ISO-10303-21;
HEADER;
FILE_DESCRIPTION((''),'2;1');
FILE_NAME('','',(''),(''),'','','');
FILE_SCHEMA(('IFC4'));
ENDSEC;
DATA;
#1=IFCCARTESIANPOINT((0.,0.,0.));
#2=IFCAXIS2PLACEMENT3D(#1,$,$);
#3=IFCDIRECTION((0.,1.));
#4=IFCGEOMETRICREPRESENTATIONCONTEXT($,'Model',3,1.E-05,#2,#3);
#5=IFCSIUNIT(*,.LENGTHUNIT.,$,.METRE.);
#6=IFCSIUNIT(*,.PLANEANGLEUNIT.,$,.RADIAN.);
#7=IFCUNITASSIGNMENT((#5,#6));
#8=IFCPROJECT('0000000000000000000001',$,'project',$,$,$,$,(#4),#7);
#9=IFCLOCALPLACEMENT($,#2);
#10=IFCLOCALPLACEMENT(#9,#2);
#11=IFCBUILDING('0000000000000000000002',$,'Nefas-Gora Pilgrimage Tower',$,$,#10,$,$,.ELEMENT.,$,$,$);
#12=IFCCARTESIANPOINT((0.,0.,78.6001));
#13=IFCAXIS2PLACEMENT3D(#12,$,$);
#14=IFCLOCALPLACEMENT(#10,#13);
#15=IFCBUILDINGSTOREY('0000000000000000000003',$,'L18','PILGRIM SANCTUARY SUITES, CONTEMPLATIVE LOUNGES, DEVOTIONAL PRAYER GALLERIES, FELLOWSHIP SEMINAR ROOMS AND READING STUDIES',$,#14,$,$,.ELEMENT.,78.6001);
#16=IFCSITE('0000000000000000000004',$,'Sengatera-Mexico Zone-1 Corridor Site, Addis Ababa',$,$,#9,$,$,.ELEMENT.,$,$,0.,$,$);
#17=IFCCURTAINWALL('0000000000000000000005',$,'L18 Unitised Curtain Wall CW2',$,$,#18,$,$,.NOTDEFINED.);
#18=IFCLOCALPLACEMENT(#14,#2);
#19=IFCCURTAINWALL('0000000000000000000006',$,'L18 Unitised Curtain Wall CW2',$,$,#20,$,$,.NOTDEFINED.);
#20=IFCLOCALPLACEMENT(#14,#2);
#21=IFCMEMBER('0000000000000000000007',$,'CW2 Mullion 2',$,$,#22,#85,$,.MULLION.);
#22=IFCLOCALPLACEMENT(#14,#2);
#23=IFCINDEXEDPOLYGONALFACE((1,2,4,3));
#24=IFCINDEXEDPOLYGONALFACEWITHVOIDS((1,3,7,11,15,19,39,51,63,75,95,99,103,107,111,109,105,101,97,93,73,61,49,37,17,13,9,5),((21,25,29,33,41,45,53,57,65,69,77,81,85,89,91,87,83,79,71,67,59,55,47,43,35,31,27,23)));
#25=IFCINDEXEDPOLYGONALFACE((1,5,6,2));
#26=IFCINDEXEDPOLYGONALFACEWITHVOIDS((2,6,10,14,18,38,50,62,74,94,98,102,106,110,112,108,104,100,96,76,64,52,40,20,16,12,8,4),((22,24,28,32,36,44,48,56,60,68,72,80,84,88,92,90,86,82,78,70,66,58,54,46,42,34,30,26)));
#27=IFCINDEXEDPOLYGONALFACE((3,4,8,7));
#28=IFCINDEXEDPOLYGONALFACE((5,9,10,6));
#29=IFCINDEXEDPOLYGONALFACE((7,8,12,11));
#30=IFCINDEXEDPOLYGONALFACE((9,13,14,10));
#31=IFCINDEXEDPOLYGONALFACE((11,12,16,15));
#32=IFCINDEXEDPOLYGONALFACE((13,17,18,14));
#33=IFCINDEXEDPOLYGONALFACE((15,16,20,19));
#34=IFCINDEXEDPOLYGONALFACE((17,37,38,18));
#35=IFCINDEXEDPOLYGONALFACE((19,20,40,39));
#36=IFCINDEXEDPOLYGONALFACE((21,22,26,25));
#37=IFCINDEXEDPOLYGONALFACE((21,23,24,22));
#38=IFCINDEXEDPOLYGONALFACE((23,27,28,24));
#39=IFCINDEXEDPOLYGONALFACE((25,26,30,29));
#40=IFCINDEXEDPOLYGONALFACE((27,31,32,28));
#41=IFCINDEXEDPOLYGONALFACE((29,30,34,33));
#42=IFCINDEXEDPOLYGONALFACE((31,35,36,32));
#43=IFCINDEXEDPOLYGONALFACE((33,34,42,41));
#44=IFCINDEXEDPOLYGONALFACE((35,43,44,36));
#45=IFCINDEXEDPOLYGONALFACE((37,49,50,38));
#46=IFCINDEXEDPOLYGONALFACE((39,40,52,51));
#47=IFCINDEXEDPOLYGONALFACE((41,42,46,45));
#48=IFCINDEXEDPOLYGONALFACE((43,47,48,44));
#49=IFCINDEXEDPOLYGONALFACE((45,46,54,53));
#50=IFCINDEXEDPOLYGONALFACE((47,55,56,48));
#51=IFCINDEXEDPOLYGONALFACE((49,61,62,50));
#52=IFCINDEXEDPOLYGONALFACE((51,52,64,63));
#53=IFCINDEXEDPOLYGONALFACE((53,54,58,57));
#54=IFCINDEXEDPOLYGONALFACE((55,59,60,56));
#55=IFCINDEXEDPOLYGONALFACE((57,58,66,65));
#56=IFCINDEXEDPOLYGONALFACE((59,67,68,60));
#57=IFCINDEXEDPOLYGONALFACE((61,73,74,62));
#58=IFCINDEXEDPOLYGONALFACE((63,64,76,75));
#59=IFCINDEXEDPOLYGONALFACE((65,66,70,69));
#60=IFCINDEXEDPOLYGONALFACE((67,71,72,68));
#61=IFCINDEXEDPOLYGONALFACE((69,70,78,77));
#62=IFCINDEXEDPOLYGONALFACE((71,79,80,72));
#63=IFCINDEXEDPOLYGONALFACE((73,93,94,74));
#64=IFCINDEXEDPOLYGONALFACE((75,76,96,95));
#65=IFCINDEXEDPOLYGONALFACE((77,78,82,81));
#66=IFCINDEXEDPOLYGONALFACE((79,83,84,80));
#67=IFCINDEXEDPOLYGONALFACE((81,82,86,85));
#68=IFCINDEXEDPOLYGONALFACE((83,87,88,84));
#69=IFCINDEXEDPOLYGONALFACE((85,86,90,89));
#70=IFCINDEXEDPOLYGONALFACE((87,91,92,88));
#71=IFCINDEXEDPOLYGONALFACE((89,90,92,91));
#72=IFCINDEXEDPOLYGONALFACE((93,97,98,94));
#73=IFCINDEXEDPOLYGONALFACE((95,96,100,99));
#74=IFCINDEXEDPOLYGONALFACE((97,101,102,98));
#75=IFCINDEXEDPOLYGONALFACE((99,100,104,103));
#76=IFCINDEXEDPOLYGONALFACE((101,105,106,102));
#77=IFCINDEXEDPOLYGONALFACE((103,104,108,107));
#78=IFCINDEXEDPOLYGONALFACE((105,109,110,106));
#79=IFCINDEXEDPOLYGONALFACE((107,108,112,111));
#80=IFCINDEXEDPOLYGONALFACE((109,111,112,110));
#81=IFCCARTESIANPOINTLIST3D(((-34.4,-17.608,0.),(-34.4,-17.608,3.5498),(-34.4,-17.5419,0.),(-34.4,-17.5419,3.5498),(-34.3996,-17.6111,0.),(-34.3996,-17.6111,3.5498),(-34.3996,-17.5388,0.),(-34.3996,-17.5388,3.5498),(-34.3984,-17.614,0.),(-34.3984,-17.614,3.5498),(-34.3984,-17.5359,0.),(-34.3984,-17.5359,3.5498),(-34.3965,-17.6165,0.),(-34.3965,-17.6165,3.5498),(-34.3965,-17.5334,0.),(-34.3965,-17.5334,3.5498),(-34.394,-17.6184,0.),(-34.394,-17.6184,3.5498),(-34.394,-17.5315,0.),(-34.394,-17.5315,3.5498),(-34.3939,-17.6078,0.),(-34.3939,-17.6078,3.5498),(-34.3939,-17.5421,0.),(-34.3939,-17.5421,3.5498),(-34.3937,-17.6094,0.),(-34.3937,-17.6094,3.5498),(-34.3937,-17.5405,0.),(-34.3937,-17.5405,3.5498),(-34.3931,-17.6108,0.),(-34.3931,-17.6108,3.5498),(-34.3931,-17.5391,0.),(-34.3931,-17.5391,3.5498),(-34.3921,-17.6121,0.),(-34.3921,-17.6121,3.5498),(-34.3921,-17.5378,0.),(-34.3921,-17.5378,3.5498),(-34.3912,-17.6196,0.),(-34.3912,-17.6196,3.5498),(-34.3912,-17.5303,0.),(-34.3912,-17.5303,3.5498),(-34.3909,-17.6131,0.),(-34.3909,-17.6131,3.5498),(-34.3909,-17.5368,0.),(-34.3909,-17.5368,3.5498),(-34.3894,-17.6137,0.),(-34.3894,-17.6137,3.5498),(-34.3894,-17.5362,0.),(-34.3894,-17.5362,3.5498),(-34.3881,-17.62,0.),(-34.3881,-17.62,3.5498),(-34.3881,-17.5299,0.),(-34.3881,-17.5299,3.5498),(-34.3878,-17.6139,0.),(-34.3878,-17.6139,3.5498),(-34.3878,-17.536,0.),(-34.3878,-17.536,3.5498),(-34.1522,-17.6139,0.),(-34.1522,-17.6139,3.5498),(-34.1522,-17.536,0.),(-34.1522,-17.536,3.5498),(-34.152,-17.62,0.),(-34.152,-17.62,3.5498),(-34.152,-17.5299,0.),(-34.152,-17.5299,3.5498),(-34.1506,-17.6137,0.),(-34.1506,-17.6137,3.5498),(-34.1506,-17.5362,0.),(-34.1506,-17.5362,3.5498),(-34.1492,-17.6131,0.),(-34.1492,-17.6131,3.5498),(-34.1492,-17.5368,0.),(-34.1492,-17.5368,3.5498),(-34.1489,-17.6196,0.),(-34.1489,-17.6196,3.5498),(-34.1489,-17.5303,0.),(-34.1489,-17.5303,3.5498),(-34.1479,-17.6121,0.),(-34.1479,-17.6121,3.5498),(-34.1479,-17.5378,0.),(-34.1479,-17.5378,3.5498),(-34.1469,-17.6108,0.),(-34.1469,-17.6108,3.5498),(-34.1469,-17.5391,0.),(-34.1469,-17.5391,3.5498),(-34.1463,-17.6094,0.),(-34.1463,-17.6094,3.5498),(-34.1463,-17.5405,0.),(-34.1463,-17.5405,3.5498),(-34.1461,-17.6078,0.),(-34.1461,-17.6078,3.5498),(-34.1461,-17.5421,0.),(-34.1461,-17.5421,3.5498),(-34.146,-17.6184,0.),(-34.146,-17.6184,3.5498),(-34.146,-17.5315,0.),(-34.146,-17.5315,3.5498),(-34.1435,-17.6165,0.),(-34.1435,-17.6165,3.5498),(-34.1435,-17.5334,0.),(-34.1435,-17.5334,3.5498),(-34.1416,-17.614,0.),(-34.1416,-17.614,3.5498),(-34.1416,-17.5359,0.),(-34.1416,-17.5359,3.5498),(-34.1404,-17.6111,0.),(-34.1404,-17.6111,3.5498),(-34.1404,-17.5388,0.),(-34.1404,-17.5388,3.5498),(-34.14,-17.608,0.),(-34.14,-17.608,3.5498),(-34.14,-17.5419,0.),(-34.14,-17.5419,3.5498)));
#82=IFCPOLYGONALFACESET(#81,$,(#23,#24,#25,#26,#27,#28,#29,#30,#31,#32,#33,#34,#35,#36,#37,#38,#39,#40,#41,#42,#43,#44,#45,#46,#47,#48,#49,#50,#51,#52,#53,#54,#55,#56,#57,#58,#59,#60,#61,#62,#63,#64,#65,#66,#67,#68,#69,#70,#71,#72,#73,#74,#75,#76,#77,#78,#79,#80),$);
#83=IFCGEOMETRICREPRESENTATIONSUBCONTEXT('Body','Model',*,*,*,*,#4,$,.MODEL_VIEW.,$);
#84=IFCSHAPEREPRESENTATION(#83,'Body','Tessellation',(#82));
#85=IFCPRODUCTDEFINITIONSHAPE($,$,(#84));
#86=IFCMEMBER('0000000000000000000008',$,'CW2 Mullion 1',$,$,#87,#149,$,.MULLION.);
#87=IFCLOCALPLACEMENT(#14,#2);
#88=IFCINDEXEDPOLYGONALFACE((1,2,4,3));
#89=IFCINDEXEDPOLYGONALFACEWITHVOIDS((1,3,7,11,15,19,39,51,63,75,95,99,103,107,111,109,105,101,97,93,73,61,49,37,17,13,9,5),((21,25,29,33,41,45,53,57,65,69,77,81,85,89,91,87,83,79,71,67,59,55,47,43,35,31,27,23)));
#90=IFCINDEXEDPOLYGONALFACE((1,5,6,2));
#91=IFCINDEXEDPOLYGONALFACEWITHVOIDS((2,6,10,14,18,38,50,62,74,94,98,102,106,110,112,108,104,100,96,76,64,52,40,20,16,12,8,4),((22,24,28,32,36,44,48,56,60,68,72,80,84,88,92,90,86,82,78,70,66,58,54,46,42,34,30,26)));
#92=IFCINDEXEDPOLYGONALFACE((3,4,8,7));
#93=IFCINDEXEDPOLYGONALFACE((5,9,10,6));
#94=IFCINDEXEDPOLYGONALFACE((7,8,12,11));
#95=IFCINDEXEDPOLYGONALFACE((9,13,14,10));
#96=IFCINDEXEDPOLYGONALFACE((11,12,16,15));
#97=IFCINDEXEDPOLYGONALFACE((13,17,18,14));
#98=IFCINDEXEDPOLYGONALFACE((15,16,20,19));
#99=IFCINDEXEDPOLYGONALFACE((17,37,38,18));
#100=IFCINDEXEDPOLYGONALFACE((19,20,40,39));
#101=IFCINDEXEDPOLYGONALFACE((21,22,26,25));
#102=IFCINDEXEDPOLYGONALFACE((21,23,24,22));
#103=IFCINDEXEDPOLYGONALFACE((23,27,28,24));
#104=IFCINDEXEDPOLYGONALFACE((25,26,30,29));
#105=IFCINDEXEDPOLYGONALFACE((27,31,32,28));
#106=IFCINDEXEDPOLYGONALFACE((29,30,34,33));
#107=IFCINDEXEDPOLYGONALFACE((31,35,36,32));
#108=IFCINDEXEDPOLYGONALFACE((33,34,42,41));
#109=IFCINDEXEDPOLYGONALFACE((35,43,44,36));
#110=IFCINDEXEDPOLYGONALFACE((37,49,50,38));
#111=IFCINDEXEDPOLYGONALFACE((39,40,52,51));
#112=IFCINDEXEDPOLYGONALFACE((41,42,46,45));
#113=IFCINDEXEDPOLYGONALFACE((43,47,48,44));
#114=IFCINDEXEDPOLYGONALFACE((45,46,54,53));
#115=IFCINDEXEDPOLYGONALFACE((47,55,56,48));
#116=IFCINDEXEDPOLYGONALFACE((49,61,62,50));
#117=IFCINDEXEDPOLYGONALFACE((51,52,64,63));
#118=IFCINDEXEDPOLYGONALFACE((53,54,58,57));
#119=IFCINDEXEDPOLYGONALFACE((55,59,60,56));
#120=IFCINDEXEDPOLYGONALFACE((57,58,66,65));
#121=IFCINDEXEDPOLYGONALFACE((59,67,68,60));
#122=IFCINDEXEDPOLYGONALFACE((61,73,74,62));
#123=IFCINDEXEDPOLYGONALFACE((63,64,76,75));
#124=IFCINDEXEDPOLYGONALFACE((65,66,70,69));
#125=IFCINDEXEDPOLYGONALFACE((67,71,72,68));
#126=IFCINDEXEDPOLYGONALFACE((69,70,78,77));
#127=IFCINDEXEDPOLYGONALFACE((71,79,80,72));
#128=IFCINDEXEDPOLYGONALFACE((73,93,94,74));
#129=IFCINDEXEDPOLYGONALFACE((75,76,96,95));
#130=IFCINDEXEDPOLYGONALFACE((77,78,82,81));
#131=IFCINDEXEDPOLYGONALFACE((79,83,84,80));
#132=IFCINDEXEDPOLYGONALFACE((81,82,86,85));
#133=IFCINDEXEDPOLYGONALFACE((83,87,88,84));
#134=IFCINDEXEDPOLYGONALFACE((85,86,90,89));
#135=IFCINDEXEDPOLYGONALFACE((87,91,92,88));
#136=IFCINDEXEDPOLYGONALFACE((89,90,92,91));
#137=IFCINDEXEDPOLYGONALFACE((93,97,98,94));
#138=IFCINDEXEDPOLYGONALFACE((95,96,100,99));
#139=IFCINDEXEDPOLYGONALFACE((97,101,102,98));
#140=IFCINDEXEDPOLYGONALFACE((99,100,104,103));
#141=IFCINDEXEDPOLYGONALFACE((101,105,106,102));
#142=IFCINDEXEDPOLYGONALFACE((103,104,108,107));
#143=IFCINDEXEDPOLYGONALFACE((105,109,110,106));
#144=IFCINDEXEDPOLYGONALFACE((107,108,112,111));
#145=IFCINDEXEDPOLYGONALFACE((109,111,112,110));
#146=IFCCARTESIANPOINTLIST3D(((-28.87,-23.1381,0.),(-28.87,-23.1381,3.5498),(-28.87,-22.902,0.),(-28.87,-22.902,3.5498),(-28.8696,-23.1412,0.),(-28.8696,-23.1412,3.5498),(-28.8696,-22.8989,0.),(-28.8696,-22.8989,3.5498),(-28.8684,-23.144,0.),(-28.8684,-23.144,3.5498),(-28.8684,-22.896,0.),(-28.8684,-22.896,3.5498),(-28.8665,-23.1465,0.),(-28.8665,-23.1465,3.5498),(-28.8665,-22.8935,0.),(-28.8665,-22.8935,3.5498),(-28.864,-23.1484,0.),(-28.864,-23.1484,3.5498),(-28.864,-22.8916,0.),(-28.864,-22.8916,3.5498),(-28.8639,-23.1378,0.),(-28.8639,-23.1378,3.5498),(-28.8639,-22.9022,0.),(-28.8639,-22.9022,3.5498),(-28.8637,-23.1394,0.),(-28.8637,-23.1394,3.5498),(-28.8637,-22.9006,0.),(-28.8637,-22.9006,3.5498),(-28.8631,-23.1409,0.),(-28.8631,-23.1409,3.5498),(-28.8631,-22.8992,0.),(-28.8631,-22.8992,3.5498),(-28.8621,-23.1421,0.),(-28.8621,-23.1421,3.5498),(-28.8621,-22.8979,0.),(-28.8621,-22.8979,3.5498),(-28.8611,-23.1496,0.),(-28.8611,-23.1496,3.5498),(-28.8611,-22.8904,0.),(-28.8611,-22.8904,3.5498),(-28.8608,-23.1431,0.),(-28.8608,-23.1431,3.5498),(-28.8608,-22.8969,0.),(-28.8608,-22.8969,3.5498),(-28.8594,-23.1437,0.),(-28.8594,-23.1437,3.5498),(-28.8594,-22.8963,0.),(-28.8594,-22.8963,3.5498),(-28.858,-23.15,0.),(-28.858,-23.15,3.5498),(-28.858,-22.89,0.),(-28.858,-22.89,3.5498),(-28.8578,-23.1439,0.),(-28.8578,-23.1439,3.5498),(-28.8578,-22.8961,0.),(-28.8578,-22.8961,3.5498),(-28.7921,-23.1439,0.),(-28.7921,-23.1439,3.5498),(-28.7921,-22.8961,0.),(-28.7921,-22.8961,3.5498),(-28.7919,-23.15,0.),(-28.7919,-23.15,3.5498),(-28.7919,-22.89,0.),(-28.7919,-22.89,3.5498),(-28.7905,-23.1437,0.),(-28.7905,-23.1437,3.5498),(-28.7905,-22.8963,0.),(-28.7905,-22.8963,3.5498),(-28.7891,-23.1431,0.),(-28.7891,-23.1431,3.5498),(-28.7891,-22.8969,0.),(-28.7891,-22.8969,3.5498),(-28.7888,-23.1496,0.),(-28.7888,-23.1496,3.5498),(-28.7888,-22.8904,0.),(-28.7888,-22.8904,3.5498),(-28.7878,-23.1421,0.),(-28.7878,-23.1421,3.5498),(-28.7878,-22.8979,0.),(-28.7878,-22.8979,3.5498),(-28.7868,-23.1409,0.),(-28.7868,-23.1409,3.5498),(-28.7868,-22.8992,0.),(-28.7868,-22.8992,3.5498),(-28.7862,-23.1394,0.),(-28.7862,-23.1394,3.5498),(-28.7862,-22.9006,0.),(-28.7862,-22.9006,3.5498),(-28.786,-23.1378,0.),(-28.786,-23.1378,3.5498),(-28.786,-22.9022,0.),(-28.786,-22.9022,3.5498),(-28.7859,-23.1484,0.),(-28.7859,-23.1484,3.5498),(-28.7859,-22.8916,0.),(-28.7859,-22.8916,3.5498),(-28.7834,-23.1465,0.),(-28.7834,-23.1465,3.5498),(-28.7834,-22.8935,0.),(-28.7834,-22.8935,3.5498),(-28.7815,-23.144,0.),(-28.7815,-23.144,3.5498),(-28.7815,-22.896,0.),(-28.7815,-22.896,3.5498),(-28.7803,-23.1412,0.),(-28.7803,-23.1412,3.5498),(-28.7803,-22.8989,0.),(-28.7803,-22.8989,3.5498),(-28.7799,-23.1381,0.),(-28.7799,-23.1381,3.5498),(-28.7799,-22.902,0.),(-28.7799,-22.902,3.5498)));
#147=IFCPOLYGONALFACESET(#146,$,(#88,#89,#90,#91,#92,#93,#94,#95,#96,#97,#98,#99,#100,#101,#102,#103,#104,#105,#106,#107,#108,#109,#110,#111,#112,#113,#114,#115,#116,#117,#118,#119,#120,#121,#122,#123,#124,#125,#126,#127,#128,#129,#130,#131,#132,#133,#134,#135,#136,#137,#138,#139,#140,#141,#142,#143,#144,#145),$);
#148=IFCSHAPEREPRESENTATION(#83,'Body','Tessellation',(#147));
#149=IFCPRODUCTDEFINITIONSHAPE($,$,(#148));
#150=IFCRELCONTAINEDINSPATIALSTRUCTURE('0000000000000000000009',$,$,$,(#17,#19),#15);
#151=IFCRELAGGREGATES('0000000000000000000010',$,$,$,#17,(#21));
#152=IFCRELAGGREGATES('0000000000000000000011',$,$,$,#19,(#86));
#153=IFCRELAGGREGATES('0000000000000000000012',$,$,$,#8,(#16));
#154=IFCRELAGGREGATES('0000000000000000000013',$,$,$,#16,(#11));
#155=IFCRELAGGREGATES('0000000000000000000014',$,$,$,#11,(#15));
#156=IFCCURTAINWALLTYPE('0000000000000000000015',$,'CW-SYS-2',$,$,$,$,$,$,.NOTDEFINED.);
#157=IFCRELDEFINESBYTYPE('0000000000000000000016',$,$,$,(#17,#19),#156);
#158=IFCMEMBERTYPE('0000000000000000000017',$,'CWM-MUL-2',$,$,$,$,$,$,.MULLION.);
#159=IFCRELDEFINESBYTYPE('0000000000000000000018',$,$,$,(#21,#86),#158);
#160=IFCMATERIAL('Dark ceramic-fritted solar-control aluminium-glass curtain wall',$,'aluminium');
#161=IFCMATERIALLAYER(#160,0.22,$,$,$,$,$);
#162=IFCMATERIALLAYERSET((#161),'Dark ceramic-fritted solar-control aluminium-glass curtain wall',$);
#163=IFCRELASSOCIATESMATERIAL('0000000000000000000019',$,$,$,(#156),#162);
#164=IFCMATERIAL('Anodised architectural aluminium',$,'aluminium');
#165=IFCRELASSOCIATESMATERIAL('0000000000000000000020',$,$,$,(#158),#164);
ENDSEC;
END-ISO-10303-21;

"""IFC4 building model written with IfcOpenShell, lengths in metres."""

from ifc_helpers import new_model, si_unit, direction, frame, origin, origin_2d, place, context, subcontext, project, spatial, hollow_rectangle, extrude, source, transform, mapped, material, layer, layer_set, material_profile, profile_set, type_object, element, aggregate, save


model = new_model("IFC4")

# Units and contexts
model_context = context("Model", 3, precision=1e-05, world=origin(), true_north=direction((0.0, 1.0)))
body_context = subcontext(model_context, "Body", "Model", "MODEL_VIEW")
ifc_project = project(units=[si_unit("LENGTHUNIT", "METRE"), si_unit("PLANEANGLEUNIT", "RADIAN")], contexts=[model_context])

# Site, building, storey
site_placement = place(None, origin())
site = spatial("IfcSite", under=ifc_project, at=site_placement, Name="Sengatera-Mexico Zone-1 Corridor Site, Addis Ababa", CompositionType="ELEMENT", RefElevation=0.0)
building_placement = place(site_placement, origin())
building = spatial("IfcBuilding", under=site, at=building_placement, Name="Nefas-Gora Pilgrimage Tower", CompositionType="ELEMENT")
storey_placement = place(building_placement, frame((0.0, 0.0, 78.6001)))
storey = spatial("IfcBuildingStorey", under=building, at=storey_placement, Name="L18", Description="PILGRIM SANCTUARY SUITES, CONTEMPLATIVE LOUNGES, DEVOTIONAL PRAYER GALLERIES, FELLOWSHIP SEMINAR ROOMS AND READING STUDIES", CompositionType="ELEMENT", Elevation=78.6001)

# Curtain walls
ifc_material_1 = material(Name="Dark ceramic-fritted solar-control aluminium-glass curtain wall", Category="aluminium")
ifc_material_2 = material(Name="Anodised architectural aluminium", Category="aluminium")
ifc_layer_1 = layer(ifc_material_1, 0.22)
ifc_layer_set_1 = layer_set([ifc_layer_1], Name="Dark ceramic-fritted solar-control aluminium-glass curtain wall")
curtain_wall_type_1 = type_object("IfcCurtainWallType", Name="CW-SYS-2", PredefinedType="NOTDEFINED", material=ifc_layer_set_1)
curtain_wall_1_placement = place(storey_placement, origin())
curtain_wall_1 = element("IfcCurtainWall", 1, at=curtain_wall_1_placement, inside=storey, type_object=curtain_wall_type_1, Name="L18 Unitised Curtain Wall CW2", PredefinedType="NOTDEFINED")
curtain_wall_2_placement = place(storey_placement, origin())
curtain_wall_2 = element("IfcCurtainWall", 2, at=curtain_wall_2_placement, inside=storey, type_object=curtain_wall_type_1, Name="L18 Unitised Curtain Wall CW2", PredefinedType="NOTDEFINED")

# Members
ifc_material_profile_1 = material_profile(ifc_material_2, hollow_rectangle(XDim=0.0901, YDim=0.26, WallThickness=0.0061, InnerFilletRadius=0.0061, OuterFilletRadius=0.012, at=origin_2d()), Name="ALU MULLION 90x260")
ifc_profile_set_1 = profile_set([ifc_material_profile_1], Name="Anodised architectural aluminium")
member_type_1 = type_object("IfcMemberType", Name="CWM-MUL-2", PredefinedType="MULLION", material=ifc_profile_set_1)
shared_shape_1 = source(origin(), body_context, "Body", "SweptSolid", [
    extrude(hollow_rectangle(XDim=0.0901, YDim=0.26, WallThickness=0.0061, InnerFilletRadius=0.0061, OuterFilletRadius=0.012, at=origin_2d()), origin(), (0.0, 0.0, 1.0), 3.5498),
])
member_1_placement = place(storey_placement, frame((-34.27, -17.575, 0.0), z_axis=(0.0, 0.0, 1.0), x_axis=(0.0, -1.0, 0.0)))
member_1 = element("IfcMember", 3, at=member_1_placement, type_object=member_type_1, Name="CW2 Mullion 2", PredefinedType="MULLION", context=body_context, shape_type="MappedRepresentation", body=[
    mapped(shared_shape_1, transform((0.0, 0.0, 0.0), x_axis=(1.0, 0.0, 0.0), y_axis=(0.0, 1.0, 0.0), z_axis=(0.0, 0.0, 1.0), scale=1.0)),
])
member_2_placement = place(storey_placement, frame((-28.825, -23.02, 0.0), z_axis=(0.0, 0.0, 1.0), x_axis=(1.0, 0.0, 0.0)))
member_2 = element("IfcMember", 4, at=member_2_placement, type_object=member_type_1, Name="CW2 Mullion 1", PredefinedType="MULLION", context=body_context, shape_type="MappedRepresentation", body=[
    mapped(shared_shape_1, transform((0.0, 0.0, 0.0), x_axis=(1.0, 0.0, 0.0), y_axis=(0.0, 1.0, 0.0), z_axis=(0.0, 0.0, 1.0), scale=1.0)),
])

aggregate(curtain_wall_1, [member_1])
aggregate(curtain_wall_2, [member_2])

save(model, "model.ifc")
